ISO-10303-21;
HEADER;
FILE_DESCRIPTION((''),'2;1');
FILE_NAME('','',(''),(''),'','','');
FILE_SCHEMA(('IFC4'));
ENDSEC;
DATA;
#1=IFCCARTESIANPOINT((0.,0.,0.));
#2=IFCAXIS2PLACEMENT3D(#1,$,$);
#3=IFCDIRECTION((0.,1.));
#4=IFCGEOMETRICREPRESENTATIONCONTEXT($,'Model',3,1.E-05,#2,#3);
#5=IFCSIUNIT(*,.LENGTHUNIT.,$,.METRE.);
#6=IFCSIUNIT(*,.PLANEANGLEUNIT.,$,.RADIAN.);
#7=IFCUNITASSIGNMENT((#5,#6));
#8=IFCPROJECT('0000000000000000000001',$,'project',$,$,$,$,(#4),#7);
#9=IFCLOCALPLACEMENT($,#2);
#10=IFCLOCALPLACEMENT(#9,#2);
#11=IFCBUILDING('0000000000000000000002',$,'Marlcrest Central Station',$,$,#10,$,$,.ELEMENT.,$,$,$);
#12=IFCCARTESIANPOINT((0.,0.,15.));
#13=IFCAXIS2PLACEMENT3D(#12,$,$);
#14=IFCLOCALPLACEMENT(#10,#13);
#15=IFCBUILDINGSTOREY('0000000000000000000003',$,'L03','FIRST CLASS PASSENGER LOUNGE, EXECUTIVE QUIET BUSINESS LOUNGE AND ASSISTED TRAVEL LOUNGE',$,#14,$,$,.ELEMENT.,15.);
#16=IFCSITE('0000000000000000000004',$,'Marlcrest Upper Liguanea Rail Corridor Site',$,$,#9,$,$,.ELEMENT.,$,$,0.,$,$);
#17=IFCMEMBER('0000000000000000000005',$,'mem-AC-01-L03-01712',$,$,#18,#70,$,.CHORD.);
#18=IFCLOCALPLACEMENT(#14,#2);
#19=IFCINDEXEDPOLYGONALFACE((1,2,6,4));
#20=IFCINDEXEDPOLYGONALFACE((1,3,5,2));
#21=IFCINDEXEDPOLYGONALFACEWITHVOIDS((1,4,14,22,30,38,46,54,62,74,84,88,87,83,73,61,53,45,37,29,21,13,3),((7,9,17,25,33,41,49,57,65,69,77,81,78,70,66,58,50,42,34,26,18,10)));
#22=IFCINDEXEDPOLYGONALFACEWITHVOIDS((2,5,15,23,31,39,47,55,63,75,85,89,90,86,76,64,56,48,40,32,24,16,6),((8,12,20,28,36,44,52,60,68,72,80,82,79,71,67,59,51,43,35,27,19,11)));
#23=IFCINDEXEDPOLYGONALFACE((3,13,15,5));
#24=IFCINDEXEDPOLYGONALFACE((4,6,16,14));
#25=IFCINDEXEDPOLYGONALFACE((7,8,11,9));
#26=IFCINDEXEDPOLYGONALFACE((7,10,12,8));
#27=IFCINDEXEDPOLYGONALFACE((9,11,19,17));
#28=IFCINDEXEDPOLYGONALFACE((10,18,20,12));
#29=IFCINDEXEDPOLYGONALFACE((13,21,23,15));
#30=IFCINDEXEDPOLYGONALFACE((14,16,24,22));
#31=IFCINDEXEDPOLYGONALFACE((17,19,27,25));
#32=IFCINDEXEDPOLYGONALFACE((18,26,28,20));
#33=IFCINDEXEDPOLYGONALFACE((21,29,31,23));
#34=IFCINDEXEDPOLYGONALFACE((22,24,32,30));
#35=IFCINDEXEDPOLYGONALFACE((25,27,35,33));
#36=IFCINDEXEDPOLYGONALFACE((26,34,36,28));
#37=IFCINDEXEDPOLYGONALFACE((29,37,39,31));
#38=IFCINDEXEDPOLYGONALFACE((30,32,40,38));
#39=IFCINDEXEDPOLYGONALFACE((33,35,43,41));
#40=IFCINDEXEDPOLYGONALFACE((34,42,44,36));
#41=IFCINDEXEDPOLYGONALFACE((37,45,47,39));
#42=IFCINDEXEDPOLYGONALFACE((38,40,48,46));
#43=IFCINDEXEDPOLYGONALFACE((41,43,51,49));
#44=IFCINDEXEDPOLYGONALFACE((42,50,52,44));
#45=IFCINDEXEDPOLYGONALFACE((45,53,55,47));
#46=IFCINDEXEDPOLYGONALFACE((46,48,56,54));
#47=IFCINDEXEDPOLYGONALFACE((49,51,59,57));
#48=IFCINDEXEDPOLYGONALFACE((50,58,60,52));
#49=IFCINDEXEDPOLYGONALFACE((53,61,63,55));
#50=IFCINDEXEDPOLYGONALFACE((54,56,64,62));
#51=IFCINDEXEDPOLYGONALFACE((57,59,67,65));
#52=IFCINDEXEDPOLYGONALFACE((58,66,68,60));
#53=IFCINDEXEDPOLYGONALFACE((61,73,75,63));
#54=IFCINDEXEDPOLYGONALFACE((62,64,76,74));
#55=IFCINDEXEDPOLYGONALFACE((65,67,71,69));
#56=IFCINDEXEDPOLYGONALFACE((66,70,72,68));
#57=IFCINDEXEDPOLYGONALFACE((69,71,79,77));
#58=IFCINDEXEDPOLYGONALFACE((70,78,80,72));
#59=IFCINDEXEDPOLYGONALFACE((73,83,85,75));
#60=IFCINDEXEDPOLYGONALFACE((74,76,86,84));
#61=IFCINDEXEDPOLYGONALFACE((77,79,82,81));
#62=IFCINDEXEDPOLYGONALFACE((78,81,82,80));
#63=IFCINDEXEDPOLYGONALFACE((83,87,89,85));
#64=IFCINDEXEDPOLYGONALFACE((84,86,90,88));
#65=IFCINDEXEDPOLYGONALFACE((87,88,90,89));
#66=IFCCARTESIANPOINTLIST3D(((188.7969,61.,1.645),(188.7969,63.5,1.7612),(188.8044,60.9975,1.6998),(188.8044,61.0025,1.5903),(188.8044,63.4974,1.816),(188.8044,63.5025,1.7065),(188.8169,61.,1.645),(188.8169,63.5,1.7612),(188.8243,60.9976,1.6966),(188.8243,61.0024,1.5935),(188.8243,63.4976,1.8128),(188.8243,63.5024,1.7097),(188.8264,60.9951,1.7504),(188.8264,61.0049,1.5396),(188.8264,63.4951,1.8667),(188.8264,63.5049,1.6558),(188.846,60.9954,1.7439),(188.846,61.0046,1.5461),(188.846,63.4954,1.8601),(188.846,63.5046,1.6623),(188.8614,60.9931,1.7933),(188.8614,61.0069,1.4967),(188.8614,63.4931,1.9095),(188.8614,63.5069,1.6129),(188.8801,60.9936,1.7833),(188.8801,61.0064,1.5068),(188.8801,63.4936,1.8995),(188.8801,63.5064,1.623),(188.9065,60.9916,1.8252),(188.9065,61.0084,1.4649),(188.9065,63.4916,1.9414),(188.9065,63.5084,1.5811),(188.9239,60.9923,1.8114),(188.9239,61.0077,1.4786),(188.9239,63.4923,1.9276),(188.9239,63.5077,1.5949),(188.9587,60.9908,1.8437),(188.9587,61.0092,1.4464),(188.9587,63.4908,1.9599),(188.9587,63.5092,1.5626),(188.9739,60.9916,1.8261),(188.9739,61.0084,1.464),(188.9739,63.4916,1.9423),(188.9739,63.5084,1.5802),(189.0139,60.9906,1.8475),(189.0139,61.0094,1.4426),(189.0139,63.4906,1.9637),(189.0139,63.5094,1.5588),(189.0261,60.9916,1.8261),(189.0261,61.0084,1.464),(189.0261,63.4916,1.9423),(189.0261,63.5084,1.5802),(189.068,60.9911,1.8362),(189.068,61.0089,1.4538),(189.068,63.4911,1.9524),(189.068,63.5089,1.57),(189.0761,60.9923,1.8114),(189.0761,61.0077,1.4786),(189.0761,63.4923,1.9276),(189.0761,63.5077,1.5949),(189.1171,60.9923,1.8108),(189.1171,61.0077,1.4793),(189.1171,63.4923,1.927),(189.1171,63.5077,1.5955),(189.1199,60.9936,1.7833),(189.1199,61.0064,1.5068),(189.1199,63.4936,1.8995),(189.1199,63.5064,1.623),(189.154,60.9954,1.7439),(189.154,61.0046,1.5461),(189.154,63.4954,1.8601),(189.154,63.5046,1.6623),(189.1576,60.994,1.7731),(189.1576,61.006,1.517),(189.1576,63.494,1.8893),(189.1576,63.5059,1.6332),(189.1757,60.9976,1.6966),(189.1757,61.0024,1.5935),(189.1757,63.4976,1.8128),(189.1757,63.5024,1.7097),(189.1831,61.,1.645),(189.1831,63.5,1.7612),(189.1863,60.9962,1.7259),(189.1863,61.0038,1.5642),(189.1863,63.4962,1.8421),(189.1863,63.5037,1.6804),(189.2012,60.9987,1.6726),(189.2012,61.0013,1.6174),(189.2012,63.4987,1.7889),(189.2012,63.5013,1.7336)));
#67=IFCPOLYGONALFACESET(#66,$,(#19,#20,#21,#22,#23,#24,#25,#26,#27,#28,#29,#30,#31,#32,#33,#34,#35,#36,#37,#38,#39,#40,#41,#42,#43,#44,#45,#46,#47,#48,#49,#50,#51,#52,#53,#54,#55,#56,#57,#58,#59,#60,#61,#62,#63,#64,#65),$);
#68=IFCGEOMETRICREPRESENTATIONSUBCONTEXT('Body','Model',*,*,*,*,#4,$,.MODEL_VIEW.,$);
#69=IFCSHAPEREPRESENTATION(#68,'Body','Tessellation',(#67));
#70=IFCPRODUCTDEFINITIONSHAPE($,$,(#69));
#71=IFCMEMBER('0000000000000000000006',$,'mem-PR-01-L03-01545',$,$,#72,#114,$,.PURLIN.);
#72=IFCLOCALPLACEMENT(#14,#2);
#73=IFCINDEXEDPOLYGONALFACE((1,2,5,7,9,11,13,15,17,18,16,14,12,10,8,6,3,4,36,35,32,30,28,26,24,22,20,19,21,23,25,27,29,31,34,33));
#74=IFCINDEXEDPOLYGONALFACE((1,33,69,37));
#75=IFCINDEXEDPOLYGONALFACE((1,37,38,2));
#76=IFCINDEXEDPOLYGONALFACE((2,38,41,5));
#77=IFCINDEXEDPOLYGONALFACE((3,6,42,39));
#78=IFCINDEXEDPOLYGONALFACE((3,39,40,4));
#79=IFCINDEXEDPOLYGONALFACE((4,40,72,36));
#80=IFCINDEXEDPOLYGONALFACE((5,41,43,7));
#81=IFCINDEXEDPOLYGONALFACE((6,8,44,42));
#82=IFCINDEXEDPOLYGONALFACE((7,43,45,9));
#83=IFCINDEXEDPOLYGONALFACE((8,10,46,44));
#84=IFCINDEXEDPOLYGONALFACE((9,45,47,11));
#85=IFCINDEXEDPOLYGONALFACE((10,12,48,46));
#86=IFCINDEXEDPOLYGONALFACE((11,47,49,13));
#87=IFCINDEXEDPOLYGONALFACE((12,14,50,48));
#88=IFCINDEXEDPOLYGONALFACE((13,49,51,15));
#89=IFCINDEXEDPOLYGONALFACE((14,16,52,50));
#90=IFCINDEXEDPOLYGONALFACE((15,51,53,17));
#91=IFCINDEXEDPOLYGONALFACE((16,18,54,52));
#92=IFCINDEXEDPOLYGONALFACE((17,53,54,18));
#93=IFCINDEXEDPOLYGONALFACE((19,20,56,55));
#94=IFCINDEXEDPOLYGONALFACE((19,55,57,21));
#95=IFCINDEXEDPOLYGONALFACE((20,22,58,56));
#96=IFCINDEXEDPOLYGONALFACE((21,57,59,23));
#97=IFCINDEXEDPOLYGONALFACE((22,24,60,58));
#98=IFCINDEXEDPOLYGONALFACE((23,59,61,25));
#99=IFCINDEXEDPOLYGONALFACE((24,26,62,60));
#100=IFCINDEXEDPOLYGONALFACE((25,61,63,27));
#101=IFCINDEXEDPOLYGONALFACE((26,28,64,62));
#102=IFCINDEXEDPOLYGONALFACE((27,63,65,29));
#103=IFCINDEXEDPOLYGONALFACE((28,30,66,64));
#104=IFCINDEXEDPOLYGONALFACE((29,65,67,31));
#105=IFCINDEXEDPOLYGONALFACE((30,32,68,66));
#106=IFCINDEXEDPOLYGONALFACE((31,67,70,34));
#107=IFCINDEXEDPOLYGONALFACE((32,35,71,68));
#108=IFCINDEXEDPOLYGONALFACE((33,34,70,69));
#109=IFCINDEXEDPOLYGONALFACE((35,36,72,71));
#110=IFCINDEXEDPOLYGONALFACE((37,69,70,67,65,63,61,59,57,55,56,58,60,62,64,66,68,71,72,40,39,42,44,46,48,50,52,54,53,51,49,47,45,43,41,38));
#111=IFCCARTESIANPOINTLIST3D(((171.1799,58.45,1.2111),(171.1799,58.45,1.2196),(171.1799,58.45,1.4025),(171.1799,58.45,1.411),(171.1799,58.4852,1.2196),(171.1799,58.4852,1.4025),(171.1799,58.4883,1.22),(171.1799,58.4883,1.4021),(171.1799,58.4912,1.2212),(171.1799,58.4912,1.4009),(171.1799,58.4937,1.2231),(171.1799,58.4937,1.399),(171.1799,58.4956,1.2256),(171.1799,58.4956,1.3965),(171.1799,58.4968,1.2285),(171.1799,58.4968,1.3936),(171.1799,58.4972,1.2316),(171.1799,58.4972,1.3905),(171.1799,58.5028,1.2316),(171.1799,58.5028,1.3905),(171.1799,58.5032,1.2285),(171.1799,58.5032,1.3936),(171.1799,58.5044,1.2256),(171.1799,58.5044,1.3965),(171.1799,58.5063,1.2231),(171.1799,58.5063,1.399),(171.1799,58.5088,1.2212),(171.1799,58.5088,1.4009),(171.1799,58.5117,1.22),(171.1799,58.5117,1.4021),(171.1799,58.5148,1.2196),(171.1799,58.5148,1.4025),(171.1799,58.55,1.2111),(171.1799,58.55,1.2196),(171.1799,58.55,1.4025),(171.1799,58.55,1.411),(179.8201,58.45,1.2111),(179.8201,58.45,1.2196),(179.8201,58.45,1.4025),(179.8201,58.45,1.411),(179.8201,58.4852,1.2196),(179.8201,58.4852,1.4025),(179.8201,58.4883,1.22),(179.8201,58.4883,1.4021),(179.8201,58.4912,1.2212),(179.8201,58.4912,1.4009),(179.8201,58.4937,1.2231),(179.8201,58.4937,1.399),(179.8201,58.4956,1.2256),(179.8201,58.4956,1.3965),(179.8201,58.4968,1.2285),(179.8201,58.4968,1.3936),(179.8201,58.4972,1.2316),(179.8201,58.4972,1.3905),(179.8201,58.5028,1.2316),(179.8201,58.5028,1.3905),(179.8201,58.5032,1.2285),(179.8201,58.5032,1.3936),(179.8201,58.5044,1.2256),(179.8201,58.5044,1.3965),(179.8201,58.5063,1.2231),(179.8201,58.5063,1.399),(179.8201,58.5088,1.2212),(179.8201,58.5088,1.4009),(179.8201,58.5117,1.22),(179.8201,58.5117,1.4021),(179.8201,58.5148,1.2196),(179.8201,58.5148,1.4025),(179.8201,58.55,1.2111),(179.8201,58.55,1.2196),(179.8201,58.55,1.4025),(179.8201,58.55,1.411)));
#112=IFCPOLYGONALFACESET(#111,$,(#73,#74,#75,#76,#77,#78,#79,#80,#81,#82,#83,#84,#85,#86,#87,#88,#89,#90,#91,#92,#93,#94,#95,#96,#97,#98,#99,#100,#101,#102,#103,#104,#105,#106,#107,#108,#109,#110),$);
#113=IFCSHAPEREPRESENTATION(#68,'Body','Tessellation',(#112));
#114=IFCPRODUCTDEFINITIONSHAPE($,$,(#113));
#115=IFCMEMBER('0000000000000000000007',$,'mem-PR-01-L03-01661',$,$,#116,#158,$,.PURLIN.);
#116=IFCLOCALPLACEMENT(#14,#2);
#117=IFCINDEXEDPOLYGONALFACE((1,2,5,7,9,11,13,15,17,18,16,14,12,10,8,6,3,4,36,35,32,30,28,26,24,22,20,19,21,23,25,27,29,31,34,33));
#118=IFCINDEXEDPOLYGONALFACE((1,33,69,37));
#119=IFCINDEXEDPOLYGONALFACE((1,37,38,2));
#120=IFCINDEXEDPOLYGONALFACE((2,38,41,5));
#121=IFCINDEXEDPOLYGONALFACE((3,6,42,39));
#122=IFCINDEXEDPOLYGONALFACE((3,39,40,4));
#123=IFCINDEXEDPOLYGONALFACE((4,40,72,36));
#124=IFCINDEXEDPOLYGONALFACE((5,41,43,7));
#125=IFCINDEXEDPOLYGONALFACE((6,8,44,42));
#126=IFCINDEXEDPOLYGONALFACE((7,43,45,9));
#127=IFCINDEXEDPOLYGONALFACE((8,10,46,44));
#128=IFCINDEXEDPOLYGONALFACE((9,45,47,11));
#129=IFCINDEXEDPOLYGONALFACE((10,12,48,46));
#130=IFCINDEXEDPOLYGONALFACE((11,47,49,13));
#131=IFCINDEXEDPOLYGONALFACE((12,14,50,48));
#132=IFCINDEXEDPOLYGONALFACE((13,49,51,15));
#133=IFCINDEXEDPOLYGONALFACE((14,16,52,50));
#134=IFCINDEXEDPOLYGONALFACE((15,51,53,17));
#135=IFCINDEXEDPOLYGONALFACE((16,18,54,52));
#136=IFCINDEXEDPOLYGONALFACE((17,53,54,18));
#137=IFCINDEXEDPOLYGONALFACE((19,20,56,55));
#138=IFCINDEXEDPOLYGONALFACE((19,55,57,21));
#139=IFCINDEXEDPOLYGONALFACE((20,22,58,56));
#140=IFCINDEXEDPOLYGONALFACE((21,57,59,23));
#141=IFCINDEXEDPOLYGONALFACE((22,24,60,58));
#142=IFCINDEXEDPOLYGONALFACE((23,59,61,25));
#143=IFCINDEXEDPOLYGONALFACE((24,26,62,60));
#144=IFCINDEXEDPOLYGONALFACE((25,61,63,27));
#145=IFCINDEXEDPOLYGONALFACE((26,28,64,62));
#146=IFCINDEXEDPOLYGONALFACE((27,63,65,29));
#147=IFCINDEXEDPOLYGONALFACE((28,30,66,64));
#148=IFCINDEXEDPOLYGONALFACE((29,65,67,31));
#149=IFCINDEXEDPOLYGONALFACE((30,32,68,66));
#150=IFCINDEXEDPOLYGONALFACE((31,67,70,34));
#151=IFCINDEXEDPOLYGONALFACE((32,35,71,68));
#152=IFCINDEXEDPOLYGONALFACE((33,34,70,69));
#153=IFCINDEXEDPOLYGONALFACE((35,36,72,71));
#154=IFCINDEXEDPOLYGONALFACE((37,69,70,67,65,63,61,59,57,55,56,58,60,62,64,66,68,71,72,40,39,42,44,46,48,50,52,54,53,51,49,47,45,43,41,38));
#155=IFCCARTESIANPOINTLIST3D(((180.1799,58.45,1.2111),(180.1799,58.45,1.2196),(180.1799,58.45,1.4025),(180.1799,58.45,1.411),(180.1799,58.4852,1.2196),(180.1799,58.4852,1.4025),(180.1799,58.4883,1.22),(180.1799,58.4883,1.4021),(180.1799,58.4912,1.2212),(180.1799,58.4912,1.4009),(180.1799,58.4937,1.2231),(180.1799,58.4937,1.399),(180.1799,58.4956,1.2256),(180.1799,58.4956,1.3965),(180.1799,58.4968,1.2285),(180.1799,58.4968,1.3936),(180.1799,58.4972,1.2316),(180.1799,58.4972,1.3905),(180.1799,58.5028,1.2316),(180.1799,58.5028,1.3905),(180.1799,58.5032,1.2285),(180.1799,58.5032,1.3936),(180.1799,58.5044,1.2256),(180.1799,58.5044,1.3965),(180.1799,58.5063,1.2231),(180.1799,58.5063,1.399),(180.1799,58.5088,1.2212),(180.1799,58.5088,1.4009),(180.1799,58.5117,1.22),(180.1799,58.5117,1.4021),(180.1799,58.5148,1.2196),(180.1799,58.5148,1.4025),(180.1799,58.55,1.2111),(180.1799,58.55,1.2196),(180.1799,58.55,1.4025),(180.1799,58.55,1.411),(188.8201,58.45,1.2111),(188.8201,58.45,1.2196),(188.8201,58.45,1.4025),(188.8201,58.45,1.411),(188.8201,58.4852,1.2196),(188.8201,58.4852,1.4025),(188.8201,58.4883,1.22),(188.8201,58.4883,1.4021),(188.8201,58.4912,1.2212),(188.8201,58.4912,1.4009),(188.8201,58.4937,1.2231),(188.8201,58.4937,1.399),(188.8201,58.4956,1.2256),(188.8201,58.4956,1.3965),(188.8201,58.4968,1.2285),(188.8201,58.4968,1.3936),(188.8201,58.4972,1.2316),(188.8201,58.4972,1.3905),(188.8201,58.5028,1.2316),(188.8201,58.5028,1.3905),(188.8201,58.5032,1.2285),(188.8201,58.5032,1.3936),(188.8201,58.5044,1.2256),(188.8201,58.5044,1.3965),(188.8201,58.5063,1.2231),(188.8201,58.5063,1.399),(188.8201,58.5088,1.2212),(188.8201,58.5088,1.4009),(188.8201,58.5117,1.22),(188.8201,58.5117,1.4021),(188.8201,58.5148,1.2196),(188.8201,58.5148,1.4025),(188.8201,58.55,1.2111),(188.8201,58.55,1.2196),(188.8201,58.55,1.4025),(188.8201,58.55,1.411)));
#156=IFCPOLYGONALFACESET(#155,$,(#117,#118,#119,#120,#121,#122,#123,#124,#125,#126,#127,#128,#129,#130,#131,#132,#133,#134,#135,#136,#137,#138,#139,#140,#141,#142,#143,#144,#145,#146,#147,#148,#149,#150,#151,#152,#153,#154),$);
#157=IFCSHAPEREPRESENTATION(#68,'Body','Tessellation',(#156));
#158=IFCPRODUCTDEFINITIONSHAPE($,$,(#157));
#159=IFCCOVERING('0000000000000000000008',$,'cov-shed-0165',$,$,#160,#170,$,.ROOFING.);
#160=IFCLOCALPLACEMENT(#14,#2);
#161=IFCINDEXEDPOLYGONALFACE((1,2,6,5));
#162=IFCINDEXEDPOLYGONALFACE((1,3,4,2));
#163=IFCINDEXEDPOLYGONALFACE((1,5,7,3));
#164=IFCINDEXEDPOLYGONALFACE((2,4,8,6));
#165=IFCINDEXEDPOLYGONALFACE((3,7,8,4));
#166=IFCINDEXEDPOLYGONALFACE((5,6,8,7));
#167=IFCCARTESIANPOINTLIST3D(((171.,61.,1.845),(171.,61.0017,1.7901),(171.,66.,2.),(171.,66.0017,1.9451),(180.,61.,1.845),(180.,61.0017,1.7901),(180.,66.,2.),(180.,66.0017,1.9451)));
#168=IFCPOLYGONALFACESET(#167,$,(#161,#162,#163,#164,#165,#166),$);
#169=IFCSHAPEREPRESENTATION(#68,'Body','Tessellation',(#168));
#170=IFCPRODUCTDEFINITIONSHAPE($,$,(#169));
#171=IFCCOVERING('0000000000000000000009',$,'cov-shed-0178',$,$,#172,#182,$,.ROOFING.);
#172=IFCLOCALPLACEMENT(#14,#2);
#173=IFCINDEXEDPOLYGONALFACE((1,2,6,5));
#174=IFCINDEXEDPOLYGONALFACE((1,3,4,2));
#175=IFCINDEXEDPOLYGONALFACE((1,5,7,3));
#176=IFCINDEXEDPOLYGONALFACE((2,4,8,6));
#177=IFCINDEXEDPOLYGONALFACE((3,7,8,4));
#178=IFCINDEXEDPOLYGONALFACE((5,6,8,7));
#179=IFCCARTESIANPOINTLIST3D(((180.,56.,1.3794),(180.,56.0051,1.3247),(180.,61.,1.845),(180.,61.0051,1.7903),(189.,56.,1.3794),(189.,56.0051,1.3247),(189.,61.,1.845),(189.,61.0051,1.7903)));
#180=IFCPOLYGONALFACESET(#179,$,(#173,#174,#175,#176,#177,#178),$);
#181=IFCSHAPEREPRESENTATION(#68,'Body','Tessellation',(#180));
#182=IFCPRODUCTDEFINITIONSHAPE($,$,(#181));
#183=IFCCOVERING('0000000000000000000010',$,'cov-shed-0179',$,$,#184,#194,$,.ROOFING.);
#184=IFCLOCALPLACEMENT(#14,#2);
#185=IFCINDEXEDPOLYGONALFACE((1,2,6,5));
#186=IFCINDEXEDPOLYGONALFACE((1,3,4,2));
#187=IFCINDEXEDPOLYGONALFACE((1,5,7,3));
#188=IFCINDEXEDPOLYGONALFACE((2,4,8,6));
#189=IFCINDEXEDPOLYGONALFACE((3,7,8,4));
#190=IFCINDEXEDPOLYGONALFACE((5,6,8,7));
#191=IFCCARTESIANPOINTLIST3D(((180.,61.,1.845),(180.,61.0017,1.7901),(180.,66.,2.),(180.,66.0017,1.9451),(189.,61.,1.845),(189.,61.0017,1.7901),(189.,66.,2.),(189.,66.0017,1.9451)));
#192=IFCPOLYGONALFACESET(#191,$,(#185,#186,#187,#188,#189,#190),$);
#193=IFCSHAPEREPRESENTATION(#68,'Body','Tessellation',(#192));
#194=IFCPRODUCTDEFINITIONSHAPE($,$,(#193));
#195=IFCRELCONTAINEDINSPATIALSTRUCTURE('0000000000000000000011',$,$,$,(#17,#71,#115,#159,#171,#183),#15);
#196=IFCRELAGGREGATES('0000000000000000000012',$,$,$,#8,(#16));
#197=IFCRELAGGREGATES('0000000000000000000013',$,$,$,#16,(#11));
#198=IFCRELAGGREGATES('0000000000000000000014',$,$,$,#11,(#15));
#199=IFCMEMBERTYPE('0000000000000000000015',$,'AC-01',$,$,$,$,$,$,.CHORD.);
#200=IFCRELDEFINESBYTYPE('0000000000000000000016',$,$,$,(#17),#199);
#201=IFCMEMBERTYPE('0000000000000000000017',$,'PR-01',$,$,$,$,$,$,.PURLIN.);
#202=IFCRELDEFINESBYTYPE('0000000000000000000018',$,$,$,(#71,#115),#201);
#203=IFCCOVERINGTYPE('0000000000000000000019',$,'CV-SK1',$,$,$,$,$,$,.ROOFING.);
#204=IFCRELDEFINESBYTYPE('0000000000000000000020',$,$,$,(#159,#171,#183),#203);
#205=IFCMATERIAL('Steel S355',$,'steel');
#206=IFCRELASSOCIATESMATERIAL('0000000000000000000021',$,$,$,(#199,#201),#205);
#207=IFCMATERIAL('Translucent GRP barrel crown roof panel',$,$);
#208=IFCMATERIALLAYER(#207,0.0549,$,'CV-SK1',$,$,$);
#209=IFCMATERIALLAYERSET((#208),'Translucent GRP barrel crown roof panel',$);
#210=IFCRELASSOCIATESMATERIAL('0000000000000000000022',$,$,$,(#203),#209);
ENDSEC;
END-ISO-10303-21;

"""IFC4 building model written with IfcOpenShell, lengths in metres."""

from ifc_helpers import new_model, si_unit, direction, frame, origin, origin_2d, place, context, subcontext, project, spatial, polyline, hollow_circle, i_section, outline, extrude, material, layer, layer_set, material_profile, profile_set, type_object, element, save


model = new_model("IFC4")

# Units and contexts
model_context = context("Model", 3, precision=1e-05, world=origin(), true_north=direction((0.0, 1.0)))
body_context = subcontext(model_context, "Body", "Model", "MODEL_VIEW")
ifc_project = project(units=[si_unit("LENGTHUNIT", "METRE"), si_unit("PLANEANGLEUNIT", "RADIAN")], contexts=[model_context])

# Site, building, storey
site_placement = place(None, origin())
site = spatial("IfcSite", under=ifc_project, at=site_placement, Name="Marlcrest Upper Liguanea Rail Corridor Site", CompositionType="ELEMENT", RefElevation=0.0)
building_placement = place(site_placement, origin())
building = spatial("IfcBuilding", under=site, at=building_placement, Name="Marlcrest Central Station", CompositionType="ELEMENT")
storey_placement = place(building_placement, frame((0.0, 0.0, 15.0)))
storey = spatial("IfcBuildingStorey", under=building, at=storey_placement, Name="L03", Description="FIRST CLASS PASSENGER LOUNGE, EXECUTIVE QUIET BUSINESS LOUNGE AND ASSISTED TRAVEL LOUNGE", CompositionType="ELEMENT", Elevation=15.0)

# Members
ifc_material_1 = material(Name="Steel S355", Category="steel")
ifc_material_profile_1 = material_profile(ifc_material_1, hollow_circle(Radius=0.2031, WallThickness=0.02, at=origin_2d()), Name="CHS 406.4x20")
ifc_profile_set_1 = profile_set([ifc_material_profile_1], Name="Steel S355")
member_type_1 = type_object("IfcMemberType", Name="AC-01", PredefinedType="CHORD", material=ifc_profile_set_1)
member_1_placement = place(storey_placement, frame((189.0, 61.0, 1.645), z_axis=(0.0, 0.998921, 0.046434), x_axis=(-1.0, 0.0, 0.0)))
element("IfcMember", 1, at=member_1_placement, inside=storey, type_object=member_type_1, Name="mem-AC-01-L03-01712", PredefinedType="CHORD", context=body_context, shape_type="SweptSolid", body=[
    extrude(hollow_circle(Radius=0.2031, WallThickness=0.02, at=origin_2d()), origin(), (0.0, 0.0, 1.0), 2.5027),
])
ifc_material_profile_2 = material_profile(ifc_material_1, i_section(OverallWidth=0.1001, OverallDepth=0.2, WebThickness=0.0056, FlangeThickness=0.0085, FilletRadius=0.012, at=origin_2d()), Name="IPE 200")
ifc_profile_set_2 = profile_set([ifc_material_profile_2], Name="Steel S355")
member_type_2 = type_object("IfcMemberType", Name="PR-01", PredefinedType="PURLIN", material=ifc_profile_set_2)
for number, where, z_axis, x_axis, name in (
    (2, (171.1799, 58.5, 1.311), (1.0, 0.0, 0.0), (0.0, 1.0, 0.0), "mem-PR-01-L03-01545"),
    (3, (180.1799, 58.5, 1.311), (1.0, 0.0, 0.0), (0.0, 1.0, 0.0), "mem-PR-01-L03-01661"),
):
    element("IfcMember", number, at=place(storey_placement, frame(where, z_axis=z_axis, x_axis=x_axis)), inside=storey, type_object=member_type_2, Name=name, PredefinedType="PURLIN", context=body_context, shape_type="SweptSolid", body=[
        extrude(i_section(OverallWidth=0.1001, OverallDepth=0.2, WebThickness=0.0056, FlangeThickness=0.0085, FilletRadius=0.012, at=origin_2d()), origin(), (0.0, 0.0, 1.0), 8.6401),
    ])

# Coverings
ifc_material_2 = material(Name="Translucent GRP barrel crown roof panel")
ifc_layer = layer(ifc_material_2, 0.0549, Name="CV-SK1")
ifc_layer_set = layer_set([ifc_layer], Name="Translucent GRP barrel crown roof panel")
covering_type = type_object("IfcCoveringType", Name="CV-SK1", PredefinedType="ROOFING", material=ifc_layer_set)
covering_1_placement = place(storey_placement, frame((171.0, 61.0, 1.845), z_axis=(0.0, -0.030991, 0.99952), x_axis=(1.0, 0.0, 0.0)))
element("IfcCovering", 4, at=covering_1_placement, inside=storey, type_object=covering_type, Name="cov-shed-0165", PredefinedType="ROOFING", context=body_context, shape_type="SweptSolid", body=[
    extrude(outline(polyline([(0.0, 0.0), (9.0, 0.0), (9.0, 5.0024), (0.0, 5.0024), (0.0, 0.0)])), origin(), (0.0, 0.0, -1.0), 0.0549),
])
covering_2_placement = place(storey_placement, frame((180.0, 56.0, 1.3794), z_axis=(0.0, -0.092714, 0.995693), x_axis=(1.0, 0.0, 0.0)))
element("IfcCovering", 5, at=covering_2_placement, inside=storey, type_object=covering_type, Name="cov-shed-0178", PredefinedType="ROOFING", context=body_context, shape_type="SweptSolid", body=[
    extrude(outline(polyline([(0.0, 0.0), (9.0, 0.0), (9.0, 5.0216), (0.0, 5.0216), (0.0, 0.0)])), origin(), (0.0, 0.0, -1.0), 0.0549),
])
covering_3_placement = place(storey_placement, frame((180.0, 61.0, 1.845), z_axis=(0.0, -0.030991, 0.99952), x_axis=(1.0, 0.0, 0.0)))
element("IfcCovering", 6, at=covering_3_placement, inside=storey, type_object=covering_type, Name="cov-shed-0179", PredefinedType="ROOFING", context=body_context, shape_type="SweptSolid", body=[
    extrude(outline(polyline([(0.0, 0.0), (9.0, 0.0), (9.0, 5.0024), (0.0, 5.0024), (0.0, 0.0)])), origin(), (0.0, 0.0, -1.0), 0.0549),
])

save(model, "model.ifc")
